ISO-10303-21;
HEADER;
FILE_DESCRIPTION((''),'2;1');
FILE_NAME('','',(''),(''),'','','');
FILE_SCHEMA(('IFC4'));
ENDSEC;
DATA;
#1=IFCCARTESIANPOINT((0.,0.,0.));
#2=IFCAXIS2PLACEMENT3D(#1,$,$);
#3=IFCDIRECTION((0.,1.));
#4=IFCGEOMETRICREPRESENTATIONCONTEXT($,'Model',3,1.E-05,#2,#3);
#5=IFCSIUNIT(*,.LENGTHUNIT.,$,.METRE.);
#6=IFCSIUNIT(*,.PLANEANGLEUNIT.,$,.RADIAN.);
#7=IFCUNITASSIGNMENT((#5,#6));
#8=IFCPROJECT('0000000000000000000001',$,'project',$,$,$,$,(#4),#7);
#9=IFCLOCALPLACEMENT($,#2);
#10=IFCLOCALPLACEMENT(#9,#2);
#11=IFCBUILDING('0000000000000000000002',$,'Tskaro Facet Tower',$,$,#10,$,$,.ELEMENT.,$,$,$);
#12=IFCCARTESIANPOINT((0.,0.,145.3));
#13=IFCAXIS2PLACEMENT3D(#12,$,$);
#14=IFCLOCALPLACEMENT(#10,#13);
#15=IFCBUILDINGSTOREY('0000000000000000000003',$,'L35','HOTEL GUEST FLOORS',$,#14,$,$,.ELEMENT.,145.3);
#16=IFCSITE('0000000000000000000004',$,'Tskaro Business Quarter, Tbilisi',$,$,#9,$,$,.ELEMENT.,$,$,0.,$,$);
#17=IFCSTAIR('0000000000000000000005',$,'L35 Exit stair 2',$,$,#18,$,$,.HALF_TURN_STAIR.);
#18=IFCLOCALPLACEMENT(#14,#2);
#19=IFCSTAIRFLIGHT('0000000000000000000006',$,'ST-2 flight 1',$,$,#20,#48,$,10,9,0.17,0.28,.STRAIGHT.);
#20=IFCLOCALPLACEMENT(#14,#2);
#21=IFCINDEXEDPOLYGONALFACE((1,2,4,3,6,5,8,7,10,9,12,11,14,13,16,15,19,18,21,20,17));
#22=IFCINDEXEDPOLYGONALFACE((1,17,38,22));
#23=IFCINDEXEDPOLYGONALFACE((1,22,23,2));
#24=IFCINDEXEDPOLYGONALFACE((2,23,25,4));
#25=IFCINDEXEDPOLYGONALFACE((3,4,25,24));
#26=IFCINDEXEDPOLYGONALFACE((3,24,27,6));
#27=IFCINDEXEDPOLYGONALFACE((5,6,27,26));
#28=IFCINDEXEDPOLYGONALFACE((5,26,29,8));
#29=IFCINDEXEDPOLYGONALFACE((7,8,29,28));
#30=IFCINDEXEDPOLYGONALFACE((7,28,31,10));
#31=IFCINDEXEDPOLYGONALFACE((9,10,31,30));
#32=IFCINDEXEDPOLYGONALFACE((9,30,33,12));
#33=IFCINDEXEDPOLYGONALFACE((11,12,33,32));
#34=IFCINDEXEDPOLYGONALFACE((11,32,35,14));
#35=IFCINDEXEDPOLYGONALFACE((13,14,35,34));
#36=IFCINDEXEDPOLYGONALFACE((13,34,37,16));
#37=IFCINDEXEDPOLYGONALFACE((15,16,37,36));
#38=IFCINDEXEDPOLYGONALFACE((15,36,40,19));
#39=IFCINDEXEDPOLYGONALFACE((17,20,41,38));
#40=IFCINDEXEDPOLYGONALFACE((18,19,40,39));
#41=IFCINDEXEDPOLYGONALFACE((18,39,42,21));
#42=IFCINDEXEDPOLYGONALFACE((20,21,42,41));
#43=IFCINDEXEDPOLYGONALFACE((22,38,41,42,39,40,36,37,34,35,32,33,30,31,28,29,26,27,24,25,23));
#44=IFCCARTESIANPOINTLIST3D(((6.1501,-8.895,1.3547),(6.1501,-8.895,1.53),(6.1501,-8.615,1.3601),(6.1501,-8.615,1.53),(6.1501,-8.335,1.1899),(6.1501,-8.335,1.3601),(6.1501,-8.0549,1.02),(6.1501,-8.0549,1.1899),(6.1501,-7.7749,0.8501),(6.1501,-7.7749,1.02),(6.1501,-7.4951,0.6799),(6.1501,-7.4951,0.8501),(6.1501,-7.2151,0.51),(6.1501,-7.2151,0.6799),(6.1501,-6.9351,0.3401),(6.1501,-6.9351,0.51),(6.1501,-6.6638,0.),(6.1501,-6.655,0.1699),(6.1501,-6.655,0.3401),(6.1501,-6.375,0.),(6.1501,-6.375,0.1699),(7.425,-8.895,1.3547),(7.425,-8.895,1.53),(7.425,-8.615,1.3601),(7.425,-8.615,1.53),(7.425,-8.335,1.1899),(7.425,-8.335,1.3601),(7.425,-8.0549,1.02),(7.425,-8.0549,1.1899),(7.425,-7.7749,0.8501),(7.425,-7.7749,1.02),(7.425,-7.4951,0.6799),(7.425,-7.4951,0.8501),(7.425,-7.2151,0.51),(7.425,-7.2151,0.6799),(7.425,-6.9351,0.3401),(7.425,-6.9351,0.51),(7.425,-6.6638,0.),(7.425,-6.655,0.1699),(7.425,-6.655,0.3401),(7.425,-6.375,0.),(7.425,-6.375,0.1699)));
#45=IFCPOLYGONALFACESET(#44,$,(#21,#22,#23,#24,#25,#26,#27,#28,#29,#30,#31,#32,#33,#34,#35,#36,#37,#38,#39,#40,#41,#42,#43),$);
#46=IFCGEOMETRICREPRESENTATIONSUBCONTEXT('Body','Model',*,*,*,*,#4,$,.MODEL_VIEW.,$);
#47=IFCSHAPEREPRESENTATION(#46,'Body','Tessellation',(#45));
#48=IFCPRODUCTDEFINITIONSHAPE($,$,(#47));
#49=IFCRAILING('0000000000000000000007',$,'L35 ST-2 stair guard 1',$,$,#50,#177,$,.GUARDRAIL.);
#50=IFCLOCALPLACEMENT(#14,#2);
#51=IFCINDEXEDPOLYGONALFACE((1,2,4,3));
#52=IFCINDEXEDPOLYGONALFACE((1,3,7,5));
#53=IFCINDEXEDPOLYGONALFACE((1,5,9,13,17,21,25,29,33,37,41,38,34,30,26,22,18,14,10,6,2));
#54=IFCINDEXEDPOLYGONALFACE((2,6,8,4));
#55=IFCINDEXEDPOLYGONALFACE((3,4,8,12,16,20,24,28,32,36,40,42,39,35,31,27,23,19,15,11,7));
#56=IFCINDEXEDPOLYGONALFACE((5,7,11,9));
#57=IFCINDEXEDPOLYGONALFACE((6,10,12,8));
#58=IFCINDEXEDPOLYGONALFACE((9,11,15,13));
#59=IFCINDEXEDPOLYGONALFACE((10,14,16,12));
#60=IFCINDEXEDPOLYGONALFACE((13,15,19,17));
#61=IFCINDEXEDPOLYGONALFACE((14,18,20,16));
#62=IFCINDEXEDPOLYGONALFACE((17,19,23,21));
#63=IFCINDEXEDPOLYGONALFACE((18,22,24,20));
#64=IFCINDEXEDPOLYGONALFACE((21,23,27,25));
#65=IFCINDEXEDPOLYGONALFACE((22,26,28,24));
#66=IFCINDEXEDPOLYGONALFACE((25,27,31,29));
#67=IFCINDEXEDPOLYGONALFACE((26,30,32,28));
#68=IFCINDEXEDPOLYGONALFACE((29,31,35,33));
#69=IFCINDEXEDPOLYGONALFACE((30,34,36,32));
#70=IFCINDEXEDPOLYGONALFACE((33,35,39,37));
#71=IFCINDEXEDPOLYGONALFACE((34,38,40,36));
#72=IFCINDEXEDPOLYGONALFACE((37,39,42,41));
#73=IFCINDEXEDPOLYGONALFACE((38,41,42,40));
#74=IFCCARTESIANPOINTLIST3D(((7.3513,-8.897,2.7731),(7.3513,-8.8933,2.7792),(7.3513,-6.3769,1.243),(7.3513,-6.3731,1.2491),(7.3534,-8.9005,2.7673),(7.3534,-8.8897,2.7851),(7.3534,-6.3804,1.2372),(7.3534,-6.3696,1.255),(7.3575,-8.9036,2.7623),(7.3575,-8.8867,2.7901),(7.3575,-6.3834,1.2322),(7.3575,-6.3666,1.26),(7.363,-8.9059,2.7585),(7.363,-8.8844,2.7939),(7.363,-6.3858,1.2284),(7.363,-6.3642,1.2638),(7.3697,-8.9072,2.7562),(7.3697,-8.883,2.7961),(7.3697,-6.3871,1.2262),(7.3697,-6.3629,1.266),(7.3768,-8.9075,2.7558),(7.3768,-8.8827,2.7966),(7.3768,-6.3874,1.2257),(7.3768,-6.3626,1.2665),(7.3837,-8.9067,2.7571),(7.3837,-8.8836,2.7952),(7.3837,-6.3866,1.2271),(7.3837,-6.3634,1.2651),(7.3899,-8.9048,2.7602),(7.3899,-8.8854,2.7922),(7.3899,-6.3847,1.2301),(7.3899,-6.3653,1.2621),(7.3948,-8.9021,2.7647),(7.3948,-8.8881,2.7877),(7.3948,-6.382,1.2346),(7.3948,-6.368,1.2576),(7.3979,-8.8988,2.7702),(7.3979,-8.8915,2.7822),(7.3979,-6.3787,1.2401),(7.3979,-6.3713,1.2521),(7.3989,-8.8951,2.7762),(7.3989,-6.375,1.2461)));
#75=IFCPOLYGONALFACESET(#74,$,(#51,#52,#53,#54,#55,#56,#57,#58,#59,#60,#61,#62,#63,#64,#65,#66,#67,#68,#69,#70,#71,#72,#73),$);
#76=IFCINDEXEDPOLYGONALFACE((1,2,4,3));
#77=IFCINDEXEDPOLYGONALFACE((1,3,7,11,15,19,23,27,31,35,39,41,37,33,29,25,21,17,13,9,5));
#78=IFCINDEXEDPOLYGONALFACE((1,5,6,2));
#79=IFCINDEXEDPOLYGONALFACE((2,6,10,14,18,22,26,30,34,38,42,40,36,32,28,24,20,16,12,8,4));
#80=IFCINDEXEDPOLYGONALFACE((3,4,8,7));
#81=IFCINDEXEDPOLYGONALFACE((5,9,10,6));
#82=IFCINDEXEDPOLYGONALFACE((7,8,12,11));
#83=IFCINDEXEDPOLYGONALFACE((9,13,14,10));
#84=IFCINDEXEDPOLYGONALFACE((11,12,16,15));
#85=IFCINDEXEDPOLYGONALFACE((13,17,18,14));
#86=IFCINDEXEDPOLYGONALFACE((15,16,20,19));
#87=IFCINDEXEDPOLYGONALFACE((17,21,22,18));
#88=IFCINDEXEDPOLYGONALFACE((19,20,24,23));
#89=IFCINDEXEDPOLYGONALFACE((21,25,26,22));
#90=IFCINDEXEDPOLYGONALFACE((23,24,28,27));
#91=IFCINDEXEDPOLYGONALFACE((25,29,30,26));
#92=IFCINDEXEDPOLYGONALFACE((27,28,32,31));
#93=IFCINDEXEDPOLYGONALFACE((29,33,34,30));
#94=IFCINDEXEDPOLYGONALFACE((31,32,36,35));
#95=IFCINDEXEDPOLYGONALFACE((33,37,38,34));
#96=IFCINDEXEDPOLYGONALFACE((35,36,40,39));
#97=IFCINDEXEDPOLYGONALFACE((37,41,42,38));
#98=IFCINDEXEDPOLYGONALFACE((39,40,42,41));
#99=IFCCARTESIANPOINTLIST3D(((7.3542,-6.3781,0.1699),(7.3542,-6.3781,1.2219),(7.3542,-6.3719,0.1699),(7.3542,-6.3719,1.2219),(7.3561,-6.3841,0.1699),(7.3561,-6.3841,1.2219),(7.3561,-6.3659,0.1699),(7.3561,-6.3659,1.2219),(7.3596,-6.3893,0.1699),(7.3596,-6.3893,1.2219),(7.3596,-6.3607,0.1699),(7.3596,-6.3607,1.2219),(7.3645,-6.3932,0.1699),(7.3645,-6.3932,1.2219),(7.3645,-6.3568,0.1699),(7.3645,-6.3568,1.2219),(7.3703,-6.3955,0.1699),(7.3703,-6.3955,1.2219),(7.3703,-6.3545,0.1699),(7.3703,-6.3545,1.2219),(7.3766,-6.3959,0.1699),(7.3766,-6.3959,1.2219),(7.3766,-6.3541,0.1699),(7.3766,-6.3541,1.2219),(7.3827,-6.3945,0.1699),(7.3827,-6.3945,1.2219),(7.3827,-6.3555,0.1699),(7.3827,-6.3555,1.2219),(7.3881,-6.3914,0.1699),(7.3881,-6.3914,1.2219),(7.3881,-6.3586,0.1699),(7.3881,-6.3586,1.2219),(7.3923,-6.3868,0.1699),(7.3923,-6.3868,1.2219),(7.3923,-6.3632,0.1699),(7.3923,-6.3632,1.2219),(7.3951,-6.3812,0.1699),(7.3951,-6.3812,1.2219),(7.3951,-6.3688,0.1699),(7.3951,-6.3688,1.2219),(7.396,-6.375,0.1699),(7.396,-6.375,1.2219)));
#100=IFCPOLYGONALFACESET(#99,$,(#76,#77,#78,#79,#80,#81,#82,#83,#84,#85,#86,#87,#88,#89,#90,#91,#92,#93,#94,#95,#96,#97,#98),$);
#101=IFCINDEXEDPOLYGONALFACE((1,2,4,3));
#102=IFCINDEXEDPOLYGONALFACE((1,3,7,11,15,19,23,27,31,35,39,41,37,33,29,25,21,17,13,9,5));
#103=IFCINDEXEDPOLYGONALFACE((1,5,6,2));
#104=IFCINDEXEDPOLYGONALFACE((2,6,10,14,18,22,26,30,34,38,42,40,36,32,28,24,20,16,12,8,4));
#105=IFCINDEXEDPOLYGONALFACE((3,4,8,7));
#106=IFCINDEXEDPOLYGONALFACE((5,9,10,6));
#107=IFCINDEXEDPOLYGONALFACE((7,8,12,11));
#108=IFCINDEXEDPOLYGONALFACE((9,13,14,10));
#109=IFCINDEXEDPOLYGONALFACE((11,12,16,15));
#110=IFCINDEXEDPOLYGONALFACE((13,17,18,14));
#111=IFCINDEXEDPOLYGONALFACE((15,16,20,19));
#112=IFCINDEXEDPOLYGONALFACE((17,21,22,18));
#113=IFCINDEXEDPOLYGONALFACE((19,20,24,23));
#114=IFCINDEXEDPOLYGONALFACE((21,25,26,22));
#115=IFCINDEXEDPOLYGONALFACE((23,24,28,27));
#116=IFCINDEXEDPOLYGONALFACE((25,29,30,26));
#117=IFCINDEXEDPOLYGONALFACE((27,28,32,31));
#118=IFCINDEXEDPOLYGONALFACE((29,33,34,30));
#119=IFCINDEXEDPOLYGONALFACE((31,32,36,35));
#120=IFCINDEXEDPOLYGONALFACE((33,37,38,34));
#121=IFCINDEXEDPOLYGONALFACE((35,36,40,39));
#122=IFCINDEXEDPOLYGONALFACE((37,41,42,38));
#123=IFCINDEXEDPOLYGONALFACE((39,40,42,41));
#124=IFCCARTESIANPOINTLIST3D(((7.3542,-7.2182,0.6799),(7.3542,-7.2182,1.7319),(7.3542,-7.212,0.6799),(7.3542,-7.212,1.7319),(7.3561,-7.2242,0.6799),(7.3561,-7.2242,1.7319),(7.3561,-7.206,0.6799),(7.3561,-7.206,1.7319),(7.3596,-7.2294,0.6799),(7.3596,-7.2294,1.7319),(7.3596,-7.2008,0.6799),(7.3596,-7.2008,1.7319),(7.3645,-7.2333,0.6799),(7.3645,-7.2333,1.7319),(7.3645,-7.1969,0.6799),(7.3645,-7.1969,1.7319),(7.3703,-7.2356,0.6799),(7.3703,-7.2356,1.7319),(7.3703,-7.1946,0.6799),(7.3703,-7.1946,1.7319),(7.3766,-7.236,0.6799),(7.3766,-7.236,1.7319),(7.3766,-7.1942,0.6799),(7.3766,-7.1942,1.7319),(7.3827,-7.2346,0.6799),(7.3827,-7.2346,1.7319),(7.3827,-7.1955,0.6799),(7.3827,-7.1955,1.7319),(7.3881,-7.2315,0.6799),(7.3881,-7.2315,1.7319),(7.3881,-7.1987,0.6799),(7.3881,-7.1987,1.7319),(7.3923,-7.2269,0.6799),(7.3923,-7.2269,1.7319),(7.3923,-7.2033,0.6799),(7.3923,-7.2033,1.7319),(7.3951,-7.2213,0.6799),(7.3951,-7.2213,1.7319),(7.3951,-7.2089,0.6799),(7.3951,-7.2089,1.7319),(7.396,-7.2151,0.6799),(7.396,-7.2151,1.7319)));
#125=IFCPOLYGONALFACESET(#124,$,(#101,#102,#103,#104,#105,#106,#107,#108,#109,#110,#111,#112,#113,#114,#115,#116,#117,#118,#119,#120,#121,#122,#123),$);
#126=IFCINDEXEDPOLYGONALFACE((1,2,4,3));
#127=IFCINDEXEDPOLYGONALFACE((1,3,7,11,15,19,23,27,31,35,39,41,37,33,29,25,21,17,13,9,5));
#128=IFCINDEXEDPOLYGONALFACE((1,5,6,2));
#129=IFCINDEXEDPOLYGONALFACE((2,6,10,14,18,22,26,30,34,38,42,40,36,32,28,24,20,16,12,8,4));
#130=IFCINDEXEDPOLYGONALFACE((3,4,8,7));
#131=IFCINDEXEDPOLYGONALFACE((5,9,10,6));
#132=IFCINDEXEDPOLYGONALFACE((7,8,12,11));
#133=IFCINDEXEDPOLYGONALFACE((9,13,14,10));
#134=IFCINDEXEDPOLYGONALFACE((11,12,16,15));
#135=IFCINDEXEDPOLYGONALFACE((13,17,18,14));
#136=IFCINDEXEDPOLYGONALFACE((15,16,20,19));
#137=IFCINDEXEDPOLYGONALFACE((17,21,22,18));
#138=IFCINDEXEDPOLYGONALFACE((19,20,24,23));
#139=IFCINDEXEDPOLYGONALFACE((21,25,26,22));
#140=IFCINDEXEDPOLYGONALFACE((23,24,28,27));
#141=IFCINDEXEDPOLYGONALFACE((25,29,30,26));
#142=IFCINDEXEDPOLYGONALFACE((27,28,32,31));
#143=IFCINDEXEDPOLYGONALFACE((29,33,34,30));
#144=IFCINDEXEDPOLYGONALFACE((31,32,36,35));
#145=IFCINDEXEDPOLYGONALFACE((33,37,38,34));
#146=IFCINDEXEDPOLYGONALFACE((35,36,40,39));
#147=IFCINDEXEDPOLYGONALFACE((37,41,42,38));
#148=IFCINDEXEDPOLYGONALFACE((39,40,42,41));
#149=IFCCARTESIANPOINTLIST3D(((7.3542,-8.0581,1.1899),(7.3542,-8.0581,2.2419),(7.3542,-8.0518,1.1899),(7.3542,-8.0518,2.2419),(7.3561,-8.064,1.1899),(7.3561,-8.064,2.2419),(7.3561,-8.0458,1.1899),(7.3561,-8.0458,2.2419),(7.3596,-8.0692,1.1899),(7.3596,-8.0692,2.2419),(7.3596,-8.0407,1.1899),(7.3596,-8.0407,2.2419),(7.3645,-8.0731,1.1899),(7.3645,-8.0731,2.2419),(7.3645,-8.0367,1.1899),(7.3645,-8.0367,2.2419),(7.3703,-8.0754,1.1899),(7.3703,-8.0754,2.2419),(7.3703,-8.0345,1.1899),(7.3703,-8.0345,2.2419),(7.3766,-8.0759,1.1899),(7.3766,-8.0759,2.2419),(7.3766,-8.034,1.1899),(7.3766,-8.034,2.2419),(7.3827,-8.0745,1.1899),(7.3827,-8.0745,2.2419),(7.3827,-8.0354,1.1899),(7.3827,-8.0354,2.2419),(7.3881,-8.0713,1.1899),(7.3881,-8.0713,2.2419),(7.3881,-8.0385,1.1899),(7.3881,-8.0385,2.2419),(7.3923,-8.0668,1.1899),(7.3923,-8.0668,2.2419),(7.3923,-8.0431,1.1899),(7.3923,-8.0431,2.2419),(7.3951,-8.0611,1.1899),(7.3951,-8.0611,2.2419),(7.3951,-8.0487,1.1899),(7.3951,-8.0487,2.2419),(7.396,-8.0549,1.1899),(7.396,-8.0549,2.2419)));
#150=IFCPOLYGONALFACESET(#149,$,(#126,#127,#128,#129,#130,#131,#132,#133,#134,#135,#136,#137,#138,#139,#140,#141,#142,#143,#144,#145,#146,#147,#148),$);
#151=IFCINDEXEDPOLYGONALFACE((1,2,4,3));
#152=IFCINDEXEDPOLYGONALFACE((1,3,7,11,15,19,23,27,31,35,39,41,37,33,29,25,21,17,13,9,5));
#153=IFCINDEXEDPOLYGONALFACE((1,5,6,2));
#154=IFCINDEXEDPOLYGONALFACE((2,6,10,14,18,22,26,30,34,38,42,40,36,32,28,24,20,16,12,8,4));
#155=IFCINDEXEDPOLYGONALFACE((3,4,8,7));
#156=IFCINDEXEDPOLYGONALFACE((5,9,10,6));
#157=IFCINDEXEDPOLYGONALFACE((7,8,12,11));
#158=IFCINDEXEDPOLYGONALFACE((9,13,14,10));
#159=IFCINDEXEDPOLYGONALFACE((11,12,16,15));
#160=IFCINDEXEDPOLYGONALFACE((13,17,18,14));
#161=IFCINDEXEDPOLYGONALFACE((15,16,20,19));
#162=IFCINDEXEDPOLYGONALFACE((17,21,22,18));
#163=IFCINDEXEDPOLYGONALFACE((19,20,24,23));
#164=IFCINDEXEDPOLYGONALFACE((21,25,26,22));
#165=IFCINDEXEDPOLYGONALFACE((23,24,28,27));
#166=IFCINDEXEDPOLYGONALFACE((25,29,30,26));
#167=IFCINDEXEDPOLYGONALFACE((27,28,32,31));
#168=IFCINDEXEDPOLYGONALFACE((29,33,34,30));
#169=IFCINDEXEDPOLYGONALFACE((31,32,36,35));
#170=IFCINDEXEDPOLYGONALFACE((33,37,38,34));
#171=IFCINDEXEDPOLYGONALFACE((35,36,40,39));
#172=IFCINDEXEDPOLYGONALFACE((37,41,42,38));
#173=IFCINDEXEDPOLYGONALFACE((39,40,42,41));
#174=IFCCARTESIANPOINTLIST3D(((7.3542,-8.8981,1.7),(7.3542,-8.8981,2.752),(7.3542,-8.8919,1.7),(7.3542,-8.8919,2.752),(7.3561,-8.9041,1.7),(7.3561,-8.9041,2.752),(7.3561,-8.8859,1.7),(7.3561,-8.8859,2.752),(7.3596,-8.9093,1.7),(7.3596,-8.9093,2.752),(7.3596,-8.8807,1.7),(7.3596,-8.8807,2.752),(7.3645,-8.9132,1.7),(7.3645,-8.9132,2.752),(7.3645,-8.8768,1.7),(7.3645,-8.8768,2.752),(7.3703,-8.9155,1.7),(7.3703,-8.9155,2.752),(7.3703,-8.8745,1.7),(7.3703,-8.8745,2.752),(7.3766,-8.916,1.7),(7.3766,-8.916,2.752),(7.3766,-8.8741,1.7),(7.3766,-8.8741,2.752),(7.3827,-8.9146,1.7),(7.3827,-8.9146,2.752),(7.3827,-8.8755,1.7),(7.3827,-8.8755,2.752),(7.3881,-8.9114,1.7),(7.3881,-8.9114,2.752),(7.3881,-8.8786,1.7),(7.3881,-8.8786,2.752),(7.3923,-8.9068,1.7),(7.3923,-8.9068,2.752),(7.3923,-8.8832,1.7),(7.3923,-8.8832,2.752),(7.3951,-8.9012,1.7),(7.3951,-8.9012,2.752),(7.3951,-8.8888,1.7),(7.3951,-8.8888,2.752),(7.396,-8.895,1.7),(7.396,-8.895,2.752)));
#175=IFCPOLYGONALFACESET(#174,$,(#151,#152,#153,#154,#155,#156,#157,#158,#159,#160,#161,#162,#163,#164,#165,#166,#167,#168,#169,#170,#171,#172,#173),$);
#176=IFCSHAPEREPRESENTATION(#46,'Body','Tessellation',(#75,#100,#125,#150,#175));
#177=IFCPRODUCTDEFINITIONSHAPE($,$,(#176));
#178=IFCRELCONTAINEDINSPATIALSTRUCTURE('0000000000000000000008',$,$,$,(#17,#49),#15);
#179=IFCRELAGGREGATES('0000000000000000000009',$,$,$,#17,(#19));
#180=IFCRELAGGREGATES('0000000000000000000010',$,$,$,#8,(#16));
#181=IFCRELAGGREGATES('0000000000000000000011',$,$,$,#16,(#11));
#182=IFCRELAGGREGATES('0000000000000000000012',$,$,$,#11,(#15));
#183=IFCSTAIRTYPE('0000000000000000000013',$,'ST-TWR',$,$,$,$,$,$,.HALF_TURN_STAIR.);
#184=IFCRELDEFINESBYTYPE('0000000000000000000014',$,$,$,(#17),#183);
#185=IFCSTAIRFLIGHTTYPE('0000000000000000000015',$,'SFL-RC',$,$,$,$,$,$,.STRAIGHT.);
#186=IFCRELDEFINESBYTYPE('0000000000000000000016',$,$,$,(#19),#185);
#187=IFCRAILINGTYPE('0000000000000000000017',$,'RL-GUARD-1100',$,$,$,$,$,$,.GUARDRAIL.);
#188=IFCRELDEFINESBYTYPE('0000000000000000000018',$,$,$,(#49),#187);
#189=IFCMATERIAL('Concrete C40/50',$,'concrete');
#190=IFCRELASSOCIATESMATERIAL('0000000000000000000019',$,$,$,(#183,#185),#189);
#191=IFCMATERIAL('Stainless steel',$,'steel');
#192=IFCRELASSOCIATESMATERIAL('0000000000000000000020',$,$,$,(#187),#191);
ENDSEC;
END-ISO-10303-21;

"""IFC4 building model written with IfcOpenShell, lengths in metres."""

from ifc_helpers import new_model, si_unit, direction, frame, origin, origin_2d, place, context, subcontext, project, spatial, polyline, circle, outline, extrude, material, type_object, element, aggregate, save


model = new_model("IFC4")

# Units and contexts
model_context = context("Model", 3, precision=1e-05, world=origin(), true_north=direction((0.0, 1.0)))
body_context = subcontext(model_context, "Body", "Model", "MODEL_VIEW")
ifc_project = project(units=[si_unit("LENGTHUNIT", "METRE"), si_unit("PLANEANGLEUNIT", "RADIAN")], contexts=[model_context])

# Site, building, storey
site_placement = place(None, origin())
site = spatial("IfcSite", under=ifc_project, at=site_placement, Name="Tskaro Business Quarter, Tbilisi", CompositionType="ELEMENT", RefElevation=0.0)
building_placement = place(site_placement, origin())
building = spatial("IfcBuilding", under=site, at=building_placement, Name="Tskaro Facet Tower", CompositionType="ELEMENT")
storey_placement = place(building_placement, frame((0.0, 0.0, 145.3)))
storey = spatial("IfcBuildingStorey", under=building, at=storey_placement, Name="L35", Description="HOTEL GUEST FLOORS", CompositionType="ELEMENT", Elevation=145.3)

# Stair, stair flight
ifc_material_1 = material(Name="Concrete C40/50", Category="concrete")
stair_type = type_object("IfcStairType", Name="ST-TWR", PredefinedType="HALF_TURN_STAIR", material=ifc_material_1)
stair_placement = place(storey_placement, origin())
stair = element("IfcStair", 1, at=stair_placement, inside=storey, type_object=stair_type, Name="L35 Exit stair 2", PredefinedType="HALF_TURN_STAIR")
stair_flight_type = type_object("IfcStairFlightType", Name="SFL-RC", PredefinedType="STRAIGHT", material=ifc_material_1)
stair_flight_placement = place(storey_placement, frame((6.7876, -6.375, 0.0), z_axis=(0.0, 0.0, 1.0), x_axis=(0.0, -1.0, 0.0)))
stair_flight = element("IfcStairFlight", 2, at=stair_flight_placement, type_object=stair_flight_type, Name="ST-2 flight 1", NumberOfRisers=10, NumberOfTreads=9, PredefinedType="STRAIGHT", RiserHeight=0.17, TreadLength=0.28, context=body_context, shape_type="SweptSolid", body=[
    extrude(outline(polyline([(0.0, 0.0), (0.0, 0.1699), (0.28, 0.1699), (0.28, 0.3401), (0.5601, 0.3401), (0.5601, 0.51), (0.8401, 0.51), (0.8401, 0.6799), (1.1201, 0.6799), (1.1201, 0.8501), (1.3999, 0.8501), (1.3999, 1.02), (1.6799, 1.02), (1.6799, 1.1899), (1.96, 1.1899), (1.96, 1.3601), (2.24, 1.3601), (2.24, 1.53), (2.52, 1.53), (2.52, 1.7), (2.52, 1.3547), (0.2888, 0.0), (0.0, 0.0)])), frame((0.0, 0.6375, 0.0), z_axis=(0.0, -1.0, 0.0), x_axis=(1.0, 0.0, 0.0)), (0.0, 0.0, 1.0), 1.2749),
])
aggregate(stair, [stair_flight])

# Railing
ifc_material_2 = material(Name="Stainless steel", Category="steel")
railing_type_1 = type_object("IfcRailingType", Name="RL-GUARD-1100", PredefinedType="GUARDRAIL", material=ifc_material_2)
railing_1_placement = place(storey_placement, frame((7.375, -6.375, 0.1699)))
element("IfcRailing", 3, at=railing_1_placement, inside=storey, type_object=railing_type_1, Name="L35 ST-2 stair guard 1", PredefinedType="GUARDRAIL", context=body_context, shape_type="SweptSolid", body=[
    extrude(circle(Radius=0.0239, at=origin_2d()), frame((0.0, 0.0, 1.0762), z_axis=(0.0, -0.854785, 0.518982), x_axis=(1.0, 0.0, 0.0)), (0.0, 0.0, 1.0), 2.9482),
    extrude(circle(Radius=0.021, at=origin_2d()), origin(), (0.0, 0.0, 1.0), 1.052),
    extrude(circle(Radius=0.021, at=origin_2d()), frame((0.0, -0.8401, 0.51)), (0.0, 0.0, 1.0), 1.052),
    extrude(circle(Radius=0.021, at=origin_2d()), frame((0.0, -1.6799, 1.02)), (0.0, 0.0, 1.0), 1.052),
    extrude(circle(Radius=0.021, at=origin_2d()), frame((0.0, -2.52, 1.53)), (0.0, 0.0, 1.0), 1.052),
])

save(model, "model.ifc")
